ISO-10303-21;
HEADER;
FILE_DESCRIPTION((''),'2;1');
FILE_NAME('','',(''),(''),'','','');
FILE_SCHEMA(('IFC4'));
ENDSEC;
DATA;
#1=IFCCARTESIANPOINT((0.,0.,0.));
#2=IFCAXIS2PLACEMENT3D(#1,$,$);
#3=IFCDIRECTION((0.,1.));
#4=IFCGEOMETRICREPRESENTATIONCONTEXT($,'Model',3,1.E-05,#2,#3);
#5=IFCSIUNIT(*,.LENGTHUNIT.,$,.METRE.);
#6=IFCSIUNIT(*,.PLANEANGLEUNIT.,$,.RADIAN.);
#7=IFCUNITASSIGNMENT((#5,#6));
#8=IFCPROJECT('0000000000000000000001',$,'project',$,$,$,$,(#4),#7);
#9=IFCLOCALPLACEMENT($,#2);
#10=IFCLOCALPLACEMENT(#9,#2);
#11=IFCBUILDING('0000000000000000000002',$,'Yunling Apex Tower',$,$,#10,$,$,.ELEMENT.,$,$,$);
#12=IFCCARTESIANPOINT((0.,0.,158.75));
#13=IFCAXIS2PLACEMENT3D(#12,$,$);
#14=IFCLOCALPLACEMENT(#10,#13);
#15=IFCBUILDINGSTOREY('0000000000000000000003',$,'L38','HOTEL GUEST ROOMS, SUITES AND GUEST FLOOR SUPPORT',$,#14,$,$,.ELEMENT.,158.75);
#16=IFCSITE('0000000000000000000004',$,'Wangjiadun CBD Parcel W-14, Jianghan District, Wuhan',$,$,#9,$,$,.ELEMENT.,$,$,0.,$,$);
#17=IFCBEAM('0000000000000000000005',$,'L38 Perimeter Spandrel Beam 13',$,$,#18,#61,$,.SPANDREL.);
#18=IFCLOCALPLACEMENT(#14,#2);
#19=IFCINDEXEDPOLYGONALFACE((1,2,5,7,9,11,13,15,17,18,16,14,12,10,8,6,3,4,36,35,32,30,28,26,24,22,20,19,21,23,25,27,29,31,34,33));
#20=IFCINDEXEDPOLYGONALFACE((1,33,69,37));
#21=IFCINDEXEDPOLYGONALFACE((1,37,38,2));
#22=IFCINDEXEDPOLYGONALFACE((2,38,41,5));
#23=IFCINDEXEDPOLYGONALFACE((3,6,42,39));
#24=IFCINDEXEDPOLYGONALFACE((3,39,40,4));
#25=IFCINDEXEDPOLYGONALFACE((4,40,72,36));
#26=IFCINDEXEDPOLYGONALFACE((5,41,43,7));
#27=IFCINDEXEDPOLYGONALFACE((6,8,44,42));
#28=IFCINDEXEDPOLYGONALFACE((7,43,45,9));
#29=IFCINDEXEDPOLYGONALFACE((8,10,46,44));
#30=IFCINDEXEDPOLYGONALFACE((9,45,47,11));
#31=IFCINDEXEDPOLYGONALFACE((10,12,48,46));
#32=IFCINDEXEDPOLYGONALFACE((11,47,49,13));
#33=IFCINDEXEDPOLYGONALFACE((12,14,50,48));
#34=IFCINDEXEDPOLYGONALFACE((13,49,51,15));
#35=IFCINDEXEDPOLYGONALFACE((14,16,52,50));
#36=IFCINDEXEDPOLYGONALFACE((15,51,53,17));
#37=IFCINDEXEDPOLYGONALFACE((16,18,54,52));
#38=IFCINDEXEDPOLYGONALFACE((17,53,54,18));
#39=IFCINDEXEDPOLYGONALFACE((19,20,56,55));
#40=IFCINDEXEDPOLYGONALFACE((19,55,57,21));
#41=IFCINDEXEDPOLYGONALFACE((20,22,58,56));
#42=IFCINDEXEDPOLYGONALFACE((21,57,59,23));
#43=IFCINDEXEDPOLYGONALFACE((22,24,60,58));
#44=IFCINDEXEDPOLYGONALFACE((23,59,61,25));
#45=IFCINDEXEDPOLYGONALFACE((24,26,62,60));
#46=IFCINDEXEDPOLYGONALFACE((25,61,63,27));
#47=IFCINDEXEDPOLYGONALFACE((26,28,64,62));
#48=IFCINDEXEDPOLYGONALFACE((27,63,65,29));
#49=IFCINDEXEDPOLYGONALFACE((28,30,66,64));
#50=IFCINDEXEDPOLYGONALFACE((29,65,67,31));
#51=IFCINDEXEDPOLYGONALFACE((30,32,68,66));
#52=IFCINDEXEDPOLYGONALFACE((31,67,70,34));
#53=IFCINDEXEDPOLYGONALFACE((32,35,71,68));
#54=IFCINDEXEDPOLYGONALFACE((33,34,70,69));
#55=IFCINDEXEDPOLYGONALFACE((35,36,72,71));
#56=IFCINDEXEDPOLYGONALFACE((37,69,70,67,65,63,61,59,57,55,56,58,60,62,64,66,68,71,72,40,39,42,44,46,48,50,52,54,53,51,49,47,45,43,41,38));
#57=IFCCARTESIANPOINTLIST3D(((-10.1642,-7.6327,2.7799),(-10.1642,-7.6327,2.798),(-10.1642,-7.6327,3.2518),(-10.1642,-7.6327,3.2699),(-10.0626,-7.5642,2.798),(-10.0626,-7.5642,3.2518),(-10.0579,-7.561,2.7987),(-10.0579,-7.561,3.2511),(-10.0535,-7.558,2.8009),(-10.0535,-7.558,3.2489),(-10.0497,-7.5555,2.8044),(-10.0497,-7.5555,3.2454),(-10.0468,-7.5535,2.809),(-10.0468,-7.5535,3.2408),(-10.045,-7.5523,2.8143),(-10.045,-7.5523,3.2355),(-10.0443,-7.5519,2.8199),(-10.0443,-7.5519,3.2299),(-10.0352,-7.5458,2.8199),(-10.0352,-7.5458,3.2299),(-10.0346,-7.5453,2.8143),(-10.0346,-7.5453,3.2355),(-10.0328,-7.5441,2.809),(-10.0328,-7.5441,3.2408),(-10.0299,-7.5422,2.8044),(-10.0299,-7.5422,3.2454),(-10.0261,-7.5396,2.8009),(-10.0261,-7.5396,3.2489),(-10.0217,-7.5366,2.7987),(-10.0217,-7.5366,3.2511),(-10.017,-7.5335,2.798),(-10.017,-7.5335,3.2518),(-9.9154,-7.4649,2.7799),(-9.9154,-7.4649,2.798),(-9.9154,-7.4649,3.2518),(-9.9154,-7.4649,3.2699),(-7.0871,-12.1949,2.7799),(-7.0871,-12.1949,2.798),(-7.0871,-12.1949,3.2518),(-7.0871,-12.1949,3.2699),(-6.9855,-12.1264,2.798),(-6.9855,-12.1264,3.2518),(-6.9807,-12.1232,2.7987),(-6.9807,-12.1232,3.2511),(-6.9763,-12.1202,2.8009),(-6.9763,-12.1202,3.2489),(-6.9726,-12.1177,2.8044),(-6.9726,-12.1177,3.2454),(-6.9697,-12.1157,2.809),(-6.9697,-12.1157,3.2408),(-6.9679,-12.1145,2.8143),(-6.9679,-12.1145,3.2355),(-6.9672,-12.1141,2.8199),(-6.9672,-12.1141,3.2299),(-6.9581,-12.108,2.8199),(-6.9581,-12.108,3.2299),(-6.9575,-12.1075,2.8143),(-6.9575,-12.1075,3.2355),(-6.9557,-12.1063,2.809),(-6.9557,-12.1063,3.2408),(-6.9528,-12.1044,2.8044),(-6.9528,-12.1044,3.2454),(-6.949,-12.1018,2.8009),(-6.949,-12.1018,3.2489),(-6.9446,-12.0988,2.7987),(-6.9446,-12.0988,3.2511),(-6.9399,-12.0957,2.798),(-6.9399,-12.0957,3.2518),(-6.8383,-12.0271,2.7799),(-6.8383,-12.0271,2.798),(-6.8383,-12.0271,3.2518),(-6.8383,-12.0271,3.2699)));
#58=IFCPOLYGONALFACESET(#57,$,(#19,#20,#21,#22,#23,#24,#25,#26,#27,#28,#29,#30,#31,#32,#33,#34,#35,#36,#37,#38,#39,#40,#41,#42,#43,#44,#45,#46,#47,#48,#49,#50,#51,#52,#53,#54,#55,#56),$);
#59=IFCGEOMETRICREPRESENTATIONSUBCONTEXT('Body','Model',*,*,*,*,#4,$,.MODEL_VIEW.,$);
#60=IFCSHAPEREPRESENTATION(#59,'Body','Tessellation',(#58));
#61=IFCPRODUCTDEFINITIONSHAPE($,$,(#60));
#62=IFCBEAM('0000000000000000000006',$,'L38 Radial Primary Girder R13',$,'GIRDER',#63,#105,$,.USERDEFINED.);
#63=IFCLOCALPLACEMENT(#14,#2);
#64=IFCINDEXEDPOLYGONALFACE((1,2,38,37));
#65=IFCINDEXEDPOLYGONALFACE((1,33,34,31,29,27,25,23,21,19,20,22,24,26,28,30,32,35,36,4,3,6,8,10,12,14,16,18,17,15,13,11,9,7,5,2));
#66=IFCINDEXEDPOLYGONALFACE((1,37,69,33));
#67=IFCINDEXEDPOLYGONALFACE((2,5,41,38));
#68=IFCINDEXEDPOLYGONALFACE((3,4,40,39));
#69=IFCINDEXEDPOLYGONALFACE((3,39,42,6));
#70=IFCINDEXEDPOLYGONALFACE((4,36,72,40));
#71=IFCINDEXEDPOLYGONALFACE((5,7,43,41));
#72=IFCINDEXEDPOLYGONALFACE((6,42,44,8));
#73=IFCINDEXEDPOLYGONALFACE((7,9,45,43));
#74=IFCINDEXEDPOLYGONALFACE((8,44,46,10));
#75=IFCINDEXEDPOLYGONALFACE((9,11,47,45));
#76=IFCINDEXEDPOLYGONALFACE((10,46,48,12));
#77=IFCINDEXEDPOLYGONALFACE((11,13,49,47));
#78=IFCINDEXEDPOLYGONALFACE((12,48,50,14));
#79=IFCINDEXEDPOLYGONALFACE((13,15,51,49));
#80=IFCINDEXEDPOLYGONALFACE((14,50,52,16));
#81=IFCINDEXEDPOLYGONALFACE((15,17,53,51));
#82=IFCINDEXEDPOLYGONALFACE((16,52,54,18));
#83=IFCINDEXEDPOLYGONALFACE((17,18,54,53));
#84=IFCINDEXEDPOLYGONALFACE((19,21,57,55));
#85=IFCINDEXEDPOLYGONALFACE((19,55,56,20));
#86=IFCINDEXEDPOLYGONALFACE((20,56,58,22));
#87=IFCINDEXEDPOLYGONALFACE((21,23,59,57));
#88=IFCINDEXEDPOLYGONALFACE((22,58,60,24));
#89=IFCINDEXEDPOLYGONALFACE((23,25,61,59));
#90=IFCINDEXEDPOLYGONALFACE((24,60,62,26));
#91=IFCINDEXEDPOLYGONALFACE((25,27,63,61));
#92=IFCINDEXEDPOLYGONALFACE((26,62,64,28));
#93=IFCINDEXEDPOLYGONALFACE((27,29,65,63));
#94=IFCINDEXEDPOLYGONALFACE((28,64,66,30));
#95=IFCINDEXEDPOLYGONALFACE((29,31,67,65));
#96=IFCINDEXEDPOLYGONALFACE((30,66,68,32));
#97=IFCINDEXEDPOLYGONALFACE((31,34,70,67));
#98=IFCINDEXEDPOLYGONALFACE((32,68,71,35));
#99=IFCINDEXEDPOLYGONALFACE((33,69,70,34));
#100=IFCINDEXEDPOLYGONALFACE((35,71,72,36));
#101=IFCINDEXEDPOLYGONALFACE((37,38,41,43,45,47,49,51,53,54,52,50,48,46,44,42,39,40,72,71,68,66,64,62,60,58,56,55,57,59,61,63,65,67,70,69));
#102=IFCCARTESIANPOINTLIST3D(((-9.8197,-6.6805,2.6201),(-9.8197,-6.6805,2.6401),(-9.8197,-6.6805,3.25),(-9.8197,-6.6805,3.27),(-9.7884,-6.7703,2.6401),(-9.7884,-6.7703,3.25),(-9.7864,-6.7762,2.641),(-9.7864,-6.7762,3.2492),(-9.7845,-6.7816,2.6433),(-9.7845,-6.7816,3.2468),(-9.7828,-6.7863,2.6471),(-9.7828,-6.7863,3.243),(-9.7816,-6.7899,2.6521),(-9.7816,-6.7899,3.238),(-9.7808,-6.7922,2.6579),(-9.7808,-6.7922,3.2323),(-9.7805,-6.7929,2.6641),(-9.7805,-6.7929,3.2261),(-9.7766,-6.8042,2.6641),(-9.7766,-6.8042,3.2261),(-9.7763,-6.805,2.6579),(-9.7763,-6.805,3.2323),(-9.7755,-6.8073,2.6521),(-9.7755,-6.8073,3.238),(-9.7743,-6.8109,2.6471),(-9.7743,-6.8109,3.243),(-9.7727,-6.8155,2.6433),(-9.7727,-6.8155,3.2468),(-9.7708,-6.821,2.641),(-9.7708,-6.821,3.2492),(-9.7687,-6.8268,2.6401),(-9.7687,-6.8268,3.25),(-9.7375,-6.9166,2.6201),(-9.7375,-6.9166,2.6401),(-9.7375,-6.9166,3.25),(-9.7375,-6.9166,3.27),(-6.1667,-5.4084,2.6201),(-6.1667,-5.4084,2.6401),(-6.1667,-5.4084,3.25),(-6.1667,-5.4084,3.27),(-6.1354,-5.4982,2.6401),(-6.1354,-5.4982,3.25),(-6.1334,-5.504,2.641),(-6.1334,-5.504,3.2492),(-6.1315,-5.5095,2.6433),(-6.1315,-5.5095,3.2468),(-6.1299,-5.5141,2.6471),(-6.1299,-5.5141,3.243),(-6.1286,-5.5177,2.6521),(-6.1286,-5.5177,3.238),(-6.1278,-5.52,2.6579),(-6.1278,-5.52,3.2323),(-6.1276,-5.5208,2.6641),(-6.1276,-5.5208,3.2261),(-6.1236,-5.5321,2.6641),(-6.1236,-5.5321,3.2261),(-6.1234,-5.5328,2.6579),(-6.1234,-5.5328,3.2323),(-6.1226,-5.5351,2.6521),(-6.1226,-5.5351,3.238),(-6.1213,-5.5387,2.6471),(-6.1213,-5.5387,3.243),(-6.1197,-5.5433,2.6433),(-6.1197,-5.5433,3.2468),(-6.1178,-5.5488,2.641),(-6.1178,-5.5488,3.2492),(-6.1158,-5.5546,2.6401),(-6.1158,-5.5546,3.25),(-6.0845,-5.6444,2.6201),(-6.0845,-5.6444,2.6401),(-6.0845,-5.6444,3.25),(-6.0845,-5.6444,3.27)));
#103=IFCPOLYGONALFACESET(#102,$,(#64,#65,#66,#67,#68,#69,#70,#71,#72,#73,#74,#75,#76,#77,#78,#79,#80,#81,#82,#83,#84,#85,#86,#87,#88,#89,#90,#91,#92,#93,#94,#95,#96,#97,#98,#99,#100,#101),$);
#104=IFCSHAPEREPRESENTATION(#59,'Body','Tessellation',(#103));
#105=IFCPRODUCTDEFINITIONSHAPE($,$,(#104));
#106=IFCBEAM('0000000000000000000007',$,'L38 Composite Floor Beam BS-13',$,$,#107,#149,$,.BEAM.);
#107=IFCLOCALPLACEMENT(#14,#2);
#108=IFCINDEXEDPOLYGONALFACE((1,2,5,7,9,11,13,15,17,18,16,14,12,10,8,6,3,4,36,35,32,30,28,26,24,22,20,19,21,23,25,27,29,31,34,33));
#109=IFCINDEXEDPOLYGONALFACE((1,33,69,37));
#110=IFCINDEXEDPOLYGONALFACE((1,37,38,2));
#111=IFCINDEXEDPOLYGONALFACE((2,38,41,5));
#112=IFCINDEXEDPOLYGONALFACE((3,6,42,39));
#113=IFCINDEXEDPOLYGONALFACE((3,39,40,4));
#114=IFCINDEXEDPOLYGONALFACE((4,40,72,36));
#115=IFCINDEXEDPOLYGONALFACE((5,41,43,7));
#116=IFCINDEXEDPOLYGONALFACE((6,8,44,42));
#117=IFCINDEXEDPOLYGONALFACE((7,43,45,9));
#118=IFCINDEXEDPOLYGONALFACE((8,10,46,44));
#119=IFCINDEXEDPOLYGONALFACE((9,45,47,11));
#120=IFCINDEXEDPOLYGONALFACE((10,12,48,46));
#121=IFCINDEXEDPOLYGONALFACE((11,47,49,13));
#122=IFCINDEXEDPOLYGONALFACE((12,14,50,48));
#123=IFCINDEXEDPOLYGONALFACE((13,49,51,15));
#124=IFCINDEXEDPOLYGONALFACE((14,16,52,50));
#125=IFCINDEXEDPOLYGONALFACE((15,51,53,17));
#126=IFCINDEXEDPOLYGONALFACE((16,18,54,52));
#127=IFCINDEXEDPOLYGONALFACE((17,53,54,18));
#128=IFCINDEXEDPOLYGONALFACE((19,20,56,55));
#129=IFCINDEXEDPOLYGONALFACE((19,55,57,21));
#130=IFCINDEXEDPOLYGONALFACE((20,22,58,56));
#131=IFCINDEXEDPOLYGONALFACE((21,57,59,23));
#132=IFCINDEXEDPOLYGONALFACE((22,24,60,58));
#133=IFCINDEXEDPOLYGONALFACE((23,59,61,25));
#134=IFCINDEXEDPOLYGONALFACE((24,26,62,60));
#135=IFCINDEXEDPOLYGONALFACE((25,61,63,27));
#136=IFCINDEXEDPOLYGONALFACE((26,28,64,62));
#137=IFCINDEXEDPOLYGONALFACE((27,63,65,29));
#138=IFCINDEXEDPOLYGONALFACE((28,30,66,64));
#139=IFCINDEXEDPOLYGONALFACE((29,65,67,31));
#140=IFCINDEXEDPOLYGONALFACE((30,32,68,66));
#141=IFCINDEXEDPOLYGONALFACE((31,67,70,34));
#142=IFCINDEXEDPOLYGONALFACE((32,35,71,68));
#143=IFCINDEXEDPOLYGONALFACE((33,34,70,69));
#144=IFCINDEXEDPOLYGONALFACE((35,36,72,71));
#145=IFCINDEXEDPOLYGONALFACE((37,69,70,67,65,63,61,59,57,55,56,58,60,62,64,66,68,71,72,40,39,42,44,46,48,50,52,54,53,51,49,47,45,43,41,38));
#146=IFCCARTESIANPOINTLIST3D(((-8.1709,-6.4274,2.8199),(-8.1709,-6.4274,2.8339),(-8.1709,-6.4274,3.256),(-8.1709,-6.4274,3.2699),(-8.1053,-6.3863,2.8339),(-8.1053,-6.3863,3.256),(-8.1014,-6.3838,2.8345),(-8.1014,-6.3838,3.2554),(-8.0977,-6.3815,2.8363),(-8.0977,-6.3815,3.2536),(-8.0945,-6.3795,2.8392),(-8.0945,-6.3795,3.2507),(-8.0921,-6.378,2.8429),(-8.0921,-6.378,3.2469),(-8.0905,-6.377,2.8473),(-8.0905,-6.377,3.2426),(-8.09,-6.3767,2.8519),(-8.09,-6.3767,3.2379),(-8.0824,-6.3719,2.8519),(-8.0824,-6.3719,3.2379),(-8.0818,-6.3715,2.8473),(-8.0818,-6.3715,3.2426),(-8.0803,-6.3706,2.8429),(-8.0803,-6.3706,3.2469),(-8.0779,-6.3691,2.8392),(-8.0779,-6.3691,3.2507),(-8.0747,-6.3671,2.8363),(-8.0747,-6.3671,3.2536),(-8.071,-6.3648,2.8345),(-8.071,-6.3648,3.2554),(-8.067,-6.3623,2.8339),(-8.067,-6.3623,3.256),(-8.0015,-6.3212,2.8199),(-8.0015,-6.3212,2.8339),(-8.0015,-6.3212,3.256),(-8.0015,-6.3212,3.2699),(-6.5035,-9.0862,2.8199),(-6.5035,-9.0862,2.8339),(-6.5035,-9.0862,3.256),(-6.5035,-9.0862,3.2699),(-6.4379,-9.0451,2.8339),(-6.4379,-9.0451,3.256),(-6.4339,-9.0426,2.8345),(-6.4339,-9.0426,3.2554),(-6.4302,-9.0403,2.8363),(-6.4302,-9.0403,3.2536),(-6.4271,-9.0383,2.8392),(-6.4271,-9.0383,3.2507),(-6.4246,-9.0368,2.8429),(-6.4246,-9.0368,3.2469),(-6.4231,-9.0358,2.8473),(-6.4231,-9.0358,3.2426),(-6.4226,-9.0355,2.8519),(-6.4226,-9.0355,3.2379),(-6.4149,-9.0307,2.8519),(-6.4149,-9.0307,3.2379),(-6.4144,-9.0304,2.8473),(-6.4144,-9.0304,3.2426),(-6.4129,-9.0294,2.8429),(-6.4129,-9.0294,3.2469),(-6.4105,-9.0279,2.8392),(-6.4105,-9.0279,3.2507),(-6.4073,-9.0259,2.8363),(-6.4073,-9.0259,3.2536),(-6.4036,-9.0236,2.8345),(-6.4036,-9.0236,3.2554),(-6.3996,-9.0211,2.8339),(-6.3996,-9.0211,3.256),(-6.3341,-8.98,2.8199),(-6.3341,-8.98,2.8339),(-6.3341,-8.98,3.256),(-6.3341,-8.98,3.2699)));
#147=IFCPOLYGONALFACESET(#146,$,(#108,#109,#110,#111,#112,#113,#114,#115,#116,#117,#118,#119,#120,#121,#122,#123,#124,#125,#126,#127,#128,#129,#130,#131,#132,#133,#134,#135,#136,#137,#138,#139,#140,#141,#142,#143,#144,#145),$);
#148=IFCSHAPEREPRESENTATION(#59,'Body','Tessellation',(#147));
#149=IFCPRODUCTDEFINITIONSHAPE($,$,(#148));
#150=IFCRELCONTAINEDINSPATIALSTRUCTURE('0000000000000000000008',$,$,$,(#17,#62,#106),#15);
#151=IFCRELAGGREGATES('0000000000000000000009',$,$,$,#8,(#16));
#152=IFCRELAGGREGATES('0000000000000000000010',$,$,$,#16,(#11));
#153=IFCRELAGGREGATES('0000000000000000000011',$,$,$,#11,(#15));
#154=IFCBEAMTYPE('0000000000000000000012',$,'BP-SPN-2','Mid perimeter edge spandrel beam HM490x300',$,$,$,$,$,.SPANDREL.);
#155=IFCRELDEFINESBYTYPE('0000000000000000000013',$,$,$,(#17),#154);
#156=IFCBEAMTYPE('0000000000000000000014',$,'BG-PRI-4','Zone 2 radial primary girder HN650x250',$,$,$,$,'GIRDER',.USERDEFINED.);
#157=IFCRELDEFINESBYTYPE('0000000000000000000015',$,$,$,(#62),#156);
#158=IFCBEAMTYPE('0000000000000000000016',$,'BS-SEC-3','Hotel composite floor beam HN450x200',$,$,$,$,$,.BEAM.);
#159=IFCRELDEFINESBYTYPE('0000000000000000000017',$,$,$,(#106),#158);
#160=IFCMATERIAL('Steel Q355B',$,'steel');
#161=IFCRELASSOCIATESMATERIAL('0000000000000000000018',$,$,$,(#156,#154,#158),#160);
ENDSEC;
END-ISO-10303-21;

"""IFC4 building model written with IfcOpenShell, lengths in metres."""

from ifc_helpers import new_model, si_unit, direction, frame, origin, origin_2d, place, context, subcontext, project, spatial, i_section, extrude, source, transform, mapped, material, material_profile, profile_set, type_object, element, save


model = new_model("IFC4")

# Units and contexts
model_context = context("Model", 3, precision=1e-05, world=origin(), true_north=direction((0.0, 1.0)))
body_context = subcontext(model_context, "Body", "Model", "MODEL_VIEW")
ifc_project = project(units=[si_unit("LENGTHUNIT", "METRE"), si_unit("PLANEANGLEUNIT", "RADIAN")], contexts=[model_context])

# Site, building, storey
site_placement = place(None, origin())
site = spatial("IfcSite", under=ifc_project, at=site_placement, Name="Wangjiadun CBD Parcel W-14, Jianghan District, Wuhan", CompositionType="ELEMENT", RefElevation=0.0)
building_placement = place(site_placement, origin())
building = spatial("IfcBuilding", under=site, at=building_placement, Name="Yunling Apex Tower", CompositionType="ELEMENT")
storey_placement = place(building_placement, frame((0.0, 0.0, 158.75)))
storey = spatial("IfcBuildingStorey", under=building, at=storey_placement, Name="L38", Description="HOTEL GUEST ROOMS, SUITES AND GUEST FLOOR SUPPORT", CompositionType="ELEMENT", Elevation=158.75)

# Beams
ifc_material_1 = material(Name="Steel Q355B", Category="steel")
ifc_material_profile_1 = material_profile(ifc_material_1, i_section(OverallWidth=0.25, OverallDepth=0.6499, WebThickness=0.012, FlangeThickness=0.02, FilletRadius=0.0239, at=origin_2d()))
ifc_profile_set_1 = profile_set([ifc_material_profile_1], Name="Steel Q355B")
beam_type_1 = type_object("IfcBeamType", Name="BG-PRI-4", Description="Zone 2 radial primary girder HN650x250", ElementType="GIRDER", PredefinedType="USERDEFINED", material=ifc_profile_set_1)
ifc_material_profile_2 = material_profile(ifc_material_1, i_section(OverallWidth=0.3, OverallDepth=0.49, WebThickness=0.011, FlangeThickness=0.0181, FilletRadius=0.022, at=origin_2d()))
ifc_profile_set_2 = profile_set([ifc_material_profile_2], Name="Steel Q355B")
beam_type_2 = type_object("IfcBeamType", Name="BP-SPN-2", Description="Mid perimeter edge spandrel beam HM490x300", PredefinedType="SPANDREL", material=ifc_profile_set_2)
shared_shape_1 = source(origin(), body_context, "Body", "SweptSolid", [
    extrude(i_section(OverallWidth=0.3, OverallDepth=0.49, WebThickness=0.011, FlangeThickness=0.0181, FilletRadius=0.022, at=origin_2d()), origin(), (0.0, 0.0, 1.0), 5.5029),
])
beam_1_placement = place(storey_placement, frame((-10.0398, -7.5488, 3.0249), z_axis=(0.559176, -0.829049, 0.0), x_axis=(0.829049, 0.559176, 0.0)))
element("IfcBeam", 1, at=beam_1_placement, inside=storey, type_object=beam_type_2, Name="L38 Perimeter Spandrel Beam 13", PredefinedType="SPANDREL", context=body_context, shape_type="MappedRepresentation", body=[
    mapped(shared_shape_1, transform((0.0, 0.0, 0.0), scale=1.0)),
])
shared_shape_2 = source(origin(), body_context, "Body", "SweptSolid", [
    extrude(i_section(OverallWidth=0.25, OverallDepth=0.6499, WebThickness=0.012, FlangeThickness=0.02, FilletRadius=0.0239, at=origin_2d()), origin(), (0.0, 0.0, 1.0), 3.8682),
])
beam_2_placement = place(storey_placement, frame((-9.7786, -6.7986, 2.9451), z_axis=(0.94437, 0.328885, 0.0), x_axis=(-0.328885, 0.94437, 0.0)))
element("IfcBeam", 2, at=beam_2_placement, inside=storey, type_object=beam_type_1, Name="L38 Radial Primary Girder R13", ObjectType="GIRDER", PredefinedType="USERDEFINED", context=body_context, shape_type="MappedRepresentation", body=[
    mapped(shared_shape_2, transform((0.0, 0.0, 0.0), scale=1.0)),
])
ifc_material_profile_3 = material_profile(ifc_material_1, i_section(OverallWidth=0.2, OverallDepth=0.45, WebThickness=0.009, FlangeThickness=0.0139, FilletRadius=0.0181, at=origin_2d()))
ifc_profile_set_3 = profile_set([ifc_material_profile_3], Name="Steel Q355B")
beam_type_3 = type_object("IfcBeamType", Name="BS-SEC-3", Description="Hotel composite floor beam HN450x200", PredefinedType="BEAM", material=ifc_profile_set_3)
shared_shape_3 = source(origin(), body_context, "Body", "SweptSolid", [
    extrude(i_section(OverallWidth=0.2, OverallDepth=0.45, WebThickness=0.009, FlangeThickness=0.0139, FilletRadius=0.0181, at=origin_2d()), origin(), (0.0, 0.0, 1.0), 3.1384),
])
beam_3_placement = place(storey_placement, frame((-8.0862, -6.3743, 3.0449), z_axis=(0.531292, -0.847189, 0.0), x_axis=(0.847189, 0.531292, 0.0)))
element("IfcBeam", 3, at=beam_3_placement, inside=storey, type_object=beam_type_3, Name="L38 Composite Floor Beam BS-13", PredefinedType="BEAM", context=body_context, shape_type="MappedRepresentation", body=[
    mapped(shared_shape_3, transform((0.0, 0.0, 0.0), scale=1.0)),
])

save(model, "model.ifc")
